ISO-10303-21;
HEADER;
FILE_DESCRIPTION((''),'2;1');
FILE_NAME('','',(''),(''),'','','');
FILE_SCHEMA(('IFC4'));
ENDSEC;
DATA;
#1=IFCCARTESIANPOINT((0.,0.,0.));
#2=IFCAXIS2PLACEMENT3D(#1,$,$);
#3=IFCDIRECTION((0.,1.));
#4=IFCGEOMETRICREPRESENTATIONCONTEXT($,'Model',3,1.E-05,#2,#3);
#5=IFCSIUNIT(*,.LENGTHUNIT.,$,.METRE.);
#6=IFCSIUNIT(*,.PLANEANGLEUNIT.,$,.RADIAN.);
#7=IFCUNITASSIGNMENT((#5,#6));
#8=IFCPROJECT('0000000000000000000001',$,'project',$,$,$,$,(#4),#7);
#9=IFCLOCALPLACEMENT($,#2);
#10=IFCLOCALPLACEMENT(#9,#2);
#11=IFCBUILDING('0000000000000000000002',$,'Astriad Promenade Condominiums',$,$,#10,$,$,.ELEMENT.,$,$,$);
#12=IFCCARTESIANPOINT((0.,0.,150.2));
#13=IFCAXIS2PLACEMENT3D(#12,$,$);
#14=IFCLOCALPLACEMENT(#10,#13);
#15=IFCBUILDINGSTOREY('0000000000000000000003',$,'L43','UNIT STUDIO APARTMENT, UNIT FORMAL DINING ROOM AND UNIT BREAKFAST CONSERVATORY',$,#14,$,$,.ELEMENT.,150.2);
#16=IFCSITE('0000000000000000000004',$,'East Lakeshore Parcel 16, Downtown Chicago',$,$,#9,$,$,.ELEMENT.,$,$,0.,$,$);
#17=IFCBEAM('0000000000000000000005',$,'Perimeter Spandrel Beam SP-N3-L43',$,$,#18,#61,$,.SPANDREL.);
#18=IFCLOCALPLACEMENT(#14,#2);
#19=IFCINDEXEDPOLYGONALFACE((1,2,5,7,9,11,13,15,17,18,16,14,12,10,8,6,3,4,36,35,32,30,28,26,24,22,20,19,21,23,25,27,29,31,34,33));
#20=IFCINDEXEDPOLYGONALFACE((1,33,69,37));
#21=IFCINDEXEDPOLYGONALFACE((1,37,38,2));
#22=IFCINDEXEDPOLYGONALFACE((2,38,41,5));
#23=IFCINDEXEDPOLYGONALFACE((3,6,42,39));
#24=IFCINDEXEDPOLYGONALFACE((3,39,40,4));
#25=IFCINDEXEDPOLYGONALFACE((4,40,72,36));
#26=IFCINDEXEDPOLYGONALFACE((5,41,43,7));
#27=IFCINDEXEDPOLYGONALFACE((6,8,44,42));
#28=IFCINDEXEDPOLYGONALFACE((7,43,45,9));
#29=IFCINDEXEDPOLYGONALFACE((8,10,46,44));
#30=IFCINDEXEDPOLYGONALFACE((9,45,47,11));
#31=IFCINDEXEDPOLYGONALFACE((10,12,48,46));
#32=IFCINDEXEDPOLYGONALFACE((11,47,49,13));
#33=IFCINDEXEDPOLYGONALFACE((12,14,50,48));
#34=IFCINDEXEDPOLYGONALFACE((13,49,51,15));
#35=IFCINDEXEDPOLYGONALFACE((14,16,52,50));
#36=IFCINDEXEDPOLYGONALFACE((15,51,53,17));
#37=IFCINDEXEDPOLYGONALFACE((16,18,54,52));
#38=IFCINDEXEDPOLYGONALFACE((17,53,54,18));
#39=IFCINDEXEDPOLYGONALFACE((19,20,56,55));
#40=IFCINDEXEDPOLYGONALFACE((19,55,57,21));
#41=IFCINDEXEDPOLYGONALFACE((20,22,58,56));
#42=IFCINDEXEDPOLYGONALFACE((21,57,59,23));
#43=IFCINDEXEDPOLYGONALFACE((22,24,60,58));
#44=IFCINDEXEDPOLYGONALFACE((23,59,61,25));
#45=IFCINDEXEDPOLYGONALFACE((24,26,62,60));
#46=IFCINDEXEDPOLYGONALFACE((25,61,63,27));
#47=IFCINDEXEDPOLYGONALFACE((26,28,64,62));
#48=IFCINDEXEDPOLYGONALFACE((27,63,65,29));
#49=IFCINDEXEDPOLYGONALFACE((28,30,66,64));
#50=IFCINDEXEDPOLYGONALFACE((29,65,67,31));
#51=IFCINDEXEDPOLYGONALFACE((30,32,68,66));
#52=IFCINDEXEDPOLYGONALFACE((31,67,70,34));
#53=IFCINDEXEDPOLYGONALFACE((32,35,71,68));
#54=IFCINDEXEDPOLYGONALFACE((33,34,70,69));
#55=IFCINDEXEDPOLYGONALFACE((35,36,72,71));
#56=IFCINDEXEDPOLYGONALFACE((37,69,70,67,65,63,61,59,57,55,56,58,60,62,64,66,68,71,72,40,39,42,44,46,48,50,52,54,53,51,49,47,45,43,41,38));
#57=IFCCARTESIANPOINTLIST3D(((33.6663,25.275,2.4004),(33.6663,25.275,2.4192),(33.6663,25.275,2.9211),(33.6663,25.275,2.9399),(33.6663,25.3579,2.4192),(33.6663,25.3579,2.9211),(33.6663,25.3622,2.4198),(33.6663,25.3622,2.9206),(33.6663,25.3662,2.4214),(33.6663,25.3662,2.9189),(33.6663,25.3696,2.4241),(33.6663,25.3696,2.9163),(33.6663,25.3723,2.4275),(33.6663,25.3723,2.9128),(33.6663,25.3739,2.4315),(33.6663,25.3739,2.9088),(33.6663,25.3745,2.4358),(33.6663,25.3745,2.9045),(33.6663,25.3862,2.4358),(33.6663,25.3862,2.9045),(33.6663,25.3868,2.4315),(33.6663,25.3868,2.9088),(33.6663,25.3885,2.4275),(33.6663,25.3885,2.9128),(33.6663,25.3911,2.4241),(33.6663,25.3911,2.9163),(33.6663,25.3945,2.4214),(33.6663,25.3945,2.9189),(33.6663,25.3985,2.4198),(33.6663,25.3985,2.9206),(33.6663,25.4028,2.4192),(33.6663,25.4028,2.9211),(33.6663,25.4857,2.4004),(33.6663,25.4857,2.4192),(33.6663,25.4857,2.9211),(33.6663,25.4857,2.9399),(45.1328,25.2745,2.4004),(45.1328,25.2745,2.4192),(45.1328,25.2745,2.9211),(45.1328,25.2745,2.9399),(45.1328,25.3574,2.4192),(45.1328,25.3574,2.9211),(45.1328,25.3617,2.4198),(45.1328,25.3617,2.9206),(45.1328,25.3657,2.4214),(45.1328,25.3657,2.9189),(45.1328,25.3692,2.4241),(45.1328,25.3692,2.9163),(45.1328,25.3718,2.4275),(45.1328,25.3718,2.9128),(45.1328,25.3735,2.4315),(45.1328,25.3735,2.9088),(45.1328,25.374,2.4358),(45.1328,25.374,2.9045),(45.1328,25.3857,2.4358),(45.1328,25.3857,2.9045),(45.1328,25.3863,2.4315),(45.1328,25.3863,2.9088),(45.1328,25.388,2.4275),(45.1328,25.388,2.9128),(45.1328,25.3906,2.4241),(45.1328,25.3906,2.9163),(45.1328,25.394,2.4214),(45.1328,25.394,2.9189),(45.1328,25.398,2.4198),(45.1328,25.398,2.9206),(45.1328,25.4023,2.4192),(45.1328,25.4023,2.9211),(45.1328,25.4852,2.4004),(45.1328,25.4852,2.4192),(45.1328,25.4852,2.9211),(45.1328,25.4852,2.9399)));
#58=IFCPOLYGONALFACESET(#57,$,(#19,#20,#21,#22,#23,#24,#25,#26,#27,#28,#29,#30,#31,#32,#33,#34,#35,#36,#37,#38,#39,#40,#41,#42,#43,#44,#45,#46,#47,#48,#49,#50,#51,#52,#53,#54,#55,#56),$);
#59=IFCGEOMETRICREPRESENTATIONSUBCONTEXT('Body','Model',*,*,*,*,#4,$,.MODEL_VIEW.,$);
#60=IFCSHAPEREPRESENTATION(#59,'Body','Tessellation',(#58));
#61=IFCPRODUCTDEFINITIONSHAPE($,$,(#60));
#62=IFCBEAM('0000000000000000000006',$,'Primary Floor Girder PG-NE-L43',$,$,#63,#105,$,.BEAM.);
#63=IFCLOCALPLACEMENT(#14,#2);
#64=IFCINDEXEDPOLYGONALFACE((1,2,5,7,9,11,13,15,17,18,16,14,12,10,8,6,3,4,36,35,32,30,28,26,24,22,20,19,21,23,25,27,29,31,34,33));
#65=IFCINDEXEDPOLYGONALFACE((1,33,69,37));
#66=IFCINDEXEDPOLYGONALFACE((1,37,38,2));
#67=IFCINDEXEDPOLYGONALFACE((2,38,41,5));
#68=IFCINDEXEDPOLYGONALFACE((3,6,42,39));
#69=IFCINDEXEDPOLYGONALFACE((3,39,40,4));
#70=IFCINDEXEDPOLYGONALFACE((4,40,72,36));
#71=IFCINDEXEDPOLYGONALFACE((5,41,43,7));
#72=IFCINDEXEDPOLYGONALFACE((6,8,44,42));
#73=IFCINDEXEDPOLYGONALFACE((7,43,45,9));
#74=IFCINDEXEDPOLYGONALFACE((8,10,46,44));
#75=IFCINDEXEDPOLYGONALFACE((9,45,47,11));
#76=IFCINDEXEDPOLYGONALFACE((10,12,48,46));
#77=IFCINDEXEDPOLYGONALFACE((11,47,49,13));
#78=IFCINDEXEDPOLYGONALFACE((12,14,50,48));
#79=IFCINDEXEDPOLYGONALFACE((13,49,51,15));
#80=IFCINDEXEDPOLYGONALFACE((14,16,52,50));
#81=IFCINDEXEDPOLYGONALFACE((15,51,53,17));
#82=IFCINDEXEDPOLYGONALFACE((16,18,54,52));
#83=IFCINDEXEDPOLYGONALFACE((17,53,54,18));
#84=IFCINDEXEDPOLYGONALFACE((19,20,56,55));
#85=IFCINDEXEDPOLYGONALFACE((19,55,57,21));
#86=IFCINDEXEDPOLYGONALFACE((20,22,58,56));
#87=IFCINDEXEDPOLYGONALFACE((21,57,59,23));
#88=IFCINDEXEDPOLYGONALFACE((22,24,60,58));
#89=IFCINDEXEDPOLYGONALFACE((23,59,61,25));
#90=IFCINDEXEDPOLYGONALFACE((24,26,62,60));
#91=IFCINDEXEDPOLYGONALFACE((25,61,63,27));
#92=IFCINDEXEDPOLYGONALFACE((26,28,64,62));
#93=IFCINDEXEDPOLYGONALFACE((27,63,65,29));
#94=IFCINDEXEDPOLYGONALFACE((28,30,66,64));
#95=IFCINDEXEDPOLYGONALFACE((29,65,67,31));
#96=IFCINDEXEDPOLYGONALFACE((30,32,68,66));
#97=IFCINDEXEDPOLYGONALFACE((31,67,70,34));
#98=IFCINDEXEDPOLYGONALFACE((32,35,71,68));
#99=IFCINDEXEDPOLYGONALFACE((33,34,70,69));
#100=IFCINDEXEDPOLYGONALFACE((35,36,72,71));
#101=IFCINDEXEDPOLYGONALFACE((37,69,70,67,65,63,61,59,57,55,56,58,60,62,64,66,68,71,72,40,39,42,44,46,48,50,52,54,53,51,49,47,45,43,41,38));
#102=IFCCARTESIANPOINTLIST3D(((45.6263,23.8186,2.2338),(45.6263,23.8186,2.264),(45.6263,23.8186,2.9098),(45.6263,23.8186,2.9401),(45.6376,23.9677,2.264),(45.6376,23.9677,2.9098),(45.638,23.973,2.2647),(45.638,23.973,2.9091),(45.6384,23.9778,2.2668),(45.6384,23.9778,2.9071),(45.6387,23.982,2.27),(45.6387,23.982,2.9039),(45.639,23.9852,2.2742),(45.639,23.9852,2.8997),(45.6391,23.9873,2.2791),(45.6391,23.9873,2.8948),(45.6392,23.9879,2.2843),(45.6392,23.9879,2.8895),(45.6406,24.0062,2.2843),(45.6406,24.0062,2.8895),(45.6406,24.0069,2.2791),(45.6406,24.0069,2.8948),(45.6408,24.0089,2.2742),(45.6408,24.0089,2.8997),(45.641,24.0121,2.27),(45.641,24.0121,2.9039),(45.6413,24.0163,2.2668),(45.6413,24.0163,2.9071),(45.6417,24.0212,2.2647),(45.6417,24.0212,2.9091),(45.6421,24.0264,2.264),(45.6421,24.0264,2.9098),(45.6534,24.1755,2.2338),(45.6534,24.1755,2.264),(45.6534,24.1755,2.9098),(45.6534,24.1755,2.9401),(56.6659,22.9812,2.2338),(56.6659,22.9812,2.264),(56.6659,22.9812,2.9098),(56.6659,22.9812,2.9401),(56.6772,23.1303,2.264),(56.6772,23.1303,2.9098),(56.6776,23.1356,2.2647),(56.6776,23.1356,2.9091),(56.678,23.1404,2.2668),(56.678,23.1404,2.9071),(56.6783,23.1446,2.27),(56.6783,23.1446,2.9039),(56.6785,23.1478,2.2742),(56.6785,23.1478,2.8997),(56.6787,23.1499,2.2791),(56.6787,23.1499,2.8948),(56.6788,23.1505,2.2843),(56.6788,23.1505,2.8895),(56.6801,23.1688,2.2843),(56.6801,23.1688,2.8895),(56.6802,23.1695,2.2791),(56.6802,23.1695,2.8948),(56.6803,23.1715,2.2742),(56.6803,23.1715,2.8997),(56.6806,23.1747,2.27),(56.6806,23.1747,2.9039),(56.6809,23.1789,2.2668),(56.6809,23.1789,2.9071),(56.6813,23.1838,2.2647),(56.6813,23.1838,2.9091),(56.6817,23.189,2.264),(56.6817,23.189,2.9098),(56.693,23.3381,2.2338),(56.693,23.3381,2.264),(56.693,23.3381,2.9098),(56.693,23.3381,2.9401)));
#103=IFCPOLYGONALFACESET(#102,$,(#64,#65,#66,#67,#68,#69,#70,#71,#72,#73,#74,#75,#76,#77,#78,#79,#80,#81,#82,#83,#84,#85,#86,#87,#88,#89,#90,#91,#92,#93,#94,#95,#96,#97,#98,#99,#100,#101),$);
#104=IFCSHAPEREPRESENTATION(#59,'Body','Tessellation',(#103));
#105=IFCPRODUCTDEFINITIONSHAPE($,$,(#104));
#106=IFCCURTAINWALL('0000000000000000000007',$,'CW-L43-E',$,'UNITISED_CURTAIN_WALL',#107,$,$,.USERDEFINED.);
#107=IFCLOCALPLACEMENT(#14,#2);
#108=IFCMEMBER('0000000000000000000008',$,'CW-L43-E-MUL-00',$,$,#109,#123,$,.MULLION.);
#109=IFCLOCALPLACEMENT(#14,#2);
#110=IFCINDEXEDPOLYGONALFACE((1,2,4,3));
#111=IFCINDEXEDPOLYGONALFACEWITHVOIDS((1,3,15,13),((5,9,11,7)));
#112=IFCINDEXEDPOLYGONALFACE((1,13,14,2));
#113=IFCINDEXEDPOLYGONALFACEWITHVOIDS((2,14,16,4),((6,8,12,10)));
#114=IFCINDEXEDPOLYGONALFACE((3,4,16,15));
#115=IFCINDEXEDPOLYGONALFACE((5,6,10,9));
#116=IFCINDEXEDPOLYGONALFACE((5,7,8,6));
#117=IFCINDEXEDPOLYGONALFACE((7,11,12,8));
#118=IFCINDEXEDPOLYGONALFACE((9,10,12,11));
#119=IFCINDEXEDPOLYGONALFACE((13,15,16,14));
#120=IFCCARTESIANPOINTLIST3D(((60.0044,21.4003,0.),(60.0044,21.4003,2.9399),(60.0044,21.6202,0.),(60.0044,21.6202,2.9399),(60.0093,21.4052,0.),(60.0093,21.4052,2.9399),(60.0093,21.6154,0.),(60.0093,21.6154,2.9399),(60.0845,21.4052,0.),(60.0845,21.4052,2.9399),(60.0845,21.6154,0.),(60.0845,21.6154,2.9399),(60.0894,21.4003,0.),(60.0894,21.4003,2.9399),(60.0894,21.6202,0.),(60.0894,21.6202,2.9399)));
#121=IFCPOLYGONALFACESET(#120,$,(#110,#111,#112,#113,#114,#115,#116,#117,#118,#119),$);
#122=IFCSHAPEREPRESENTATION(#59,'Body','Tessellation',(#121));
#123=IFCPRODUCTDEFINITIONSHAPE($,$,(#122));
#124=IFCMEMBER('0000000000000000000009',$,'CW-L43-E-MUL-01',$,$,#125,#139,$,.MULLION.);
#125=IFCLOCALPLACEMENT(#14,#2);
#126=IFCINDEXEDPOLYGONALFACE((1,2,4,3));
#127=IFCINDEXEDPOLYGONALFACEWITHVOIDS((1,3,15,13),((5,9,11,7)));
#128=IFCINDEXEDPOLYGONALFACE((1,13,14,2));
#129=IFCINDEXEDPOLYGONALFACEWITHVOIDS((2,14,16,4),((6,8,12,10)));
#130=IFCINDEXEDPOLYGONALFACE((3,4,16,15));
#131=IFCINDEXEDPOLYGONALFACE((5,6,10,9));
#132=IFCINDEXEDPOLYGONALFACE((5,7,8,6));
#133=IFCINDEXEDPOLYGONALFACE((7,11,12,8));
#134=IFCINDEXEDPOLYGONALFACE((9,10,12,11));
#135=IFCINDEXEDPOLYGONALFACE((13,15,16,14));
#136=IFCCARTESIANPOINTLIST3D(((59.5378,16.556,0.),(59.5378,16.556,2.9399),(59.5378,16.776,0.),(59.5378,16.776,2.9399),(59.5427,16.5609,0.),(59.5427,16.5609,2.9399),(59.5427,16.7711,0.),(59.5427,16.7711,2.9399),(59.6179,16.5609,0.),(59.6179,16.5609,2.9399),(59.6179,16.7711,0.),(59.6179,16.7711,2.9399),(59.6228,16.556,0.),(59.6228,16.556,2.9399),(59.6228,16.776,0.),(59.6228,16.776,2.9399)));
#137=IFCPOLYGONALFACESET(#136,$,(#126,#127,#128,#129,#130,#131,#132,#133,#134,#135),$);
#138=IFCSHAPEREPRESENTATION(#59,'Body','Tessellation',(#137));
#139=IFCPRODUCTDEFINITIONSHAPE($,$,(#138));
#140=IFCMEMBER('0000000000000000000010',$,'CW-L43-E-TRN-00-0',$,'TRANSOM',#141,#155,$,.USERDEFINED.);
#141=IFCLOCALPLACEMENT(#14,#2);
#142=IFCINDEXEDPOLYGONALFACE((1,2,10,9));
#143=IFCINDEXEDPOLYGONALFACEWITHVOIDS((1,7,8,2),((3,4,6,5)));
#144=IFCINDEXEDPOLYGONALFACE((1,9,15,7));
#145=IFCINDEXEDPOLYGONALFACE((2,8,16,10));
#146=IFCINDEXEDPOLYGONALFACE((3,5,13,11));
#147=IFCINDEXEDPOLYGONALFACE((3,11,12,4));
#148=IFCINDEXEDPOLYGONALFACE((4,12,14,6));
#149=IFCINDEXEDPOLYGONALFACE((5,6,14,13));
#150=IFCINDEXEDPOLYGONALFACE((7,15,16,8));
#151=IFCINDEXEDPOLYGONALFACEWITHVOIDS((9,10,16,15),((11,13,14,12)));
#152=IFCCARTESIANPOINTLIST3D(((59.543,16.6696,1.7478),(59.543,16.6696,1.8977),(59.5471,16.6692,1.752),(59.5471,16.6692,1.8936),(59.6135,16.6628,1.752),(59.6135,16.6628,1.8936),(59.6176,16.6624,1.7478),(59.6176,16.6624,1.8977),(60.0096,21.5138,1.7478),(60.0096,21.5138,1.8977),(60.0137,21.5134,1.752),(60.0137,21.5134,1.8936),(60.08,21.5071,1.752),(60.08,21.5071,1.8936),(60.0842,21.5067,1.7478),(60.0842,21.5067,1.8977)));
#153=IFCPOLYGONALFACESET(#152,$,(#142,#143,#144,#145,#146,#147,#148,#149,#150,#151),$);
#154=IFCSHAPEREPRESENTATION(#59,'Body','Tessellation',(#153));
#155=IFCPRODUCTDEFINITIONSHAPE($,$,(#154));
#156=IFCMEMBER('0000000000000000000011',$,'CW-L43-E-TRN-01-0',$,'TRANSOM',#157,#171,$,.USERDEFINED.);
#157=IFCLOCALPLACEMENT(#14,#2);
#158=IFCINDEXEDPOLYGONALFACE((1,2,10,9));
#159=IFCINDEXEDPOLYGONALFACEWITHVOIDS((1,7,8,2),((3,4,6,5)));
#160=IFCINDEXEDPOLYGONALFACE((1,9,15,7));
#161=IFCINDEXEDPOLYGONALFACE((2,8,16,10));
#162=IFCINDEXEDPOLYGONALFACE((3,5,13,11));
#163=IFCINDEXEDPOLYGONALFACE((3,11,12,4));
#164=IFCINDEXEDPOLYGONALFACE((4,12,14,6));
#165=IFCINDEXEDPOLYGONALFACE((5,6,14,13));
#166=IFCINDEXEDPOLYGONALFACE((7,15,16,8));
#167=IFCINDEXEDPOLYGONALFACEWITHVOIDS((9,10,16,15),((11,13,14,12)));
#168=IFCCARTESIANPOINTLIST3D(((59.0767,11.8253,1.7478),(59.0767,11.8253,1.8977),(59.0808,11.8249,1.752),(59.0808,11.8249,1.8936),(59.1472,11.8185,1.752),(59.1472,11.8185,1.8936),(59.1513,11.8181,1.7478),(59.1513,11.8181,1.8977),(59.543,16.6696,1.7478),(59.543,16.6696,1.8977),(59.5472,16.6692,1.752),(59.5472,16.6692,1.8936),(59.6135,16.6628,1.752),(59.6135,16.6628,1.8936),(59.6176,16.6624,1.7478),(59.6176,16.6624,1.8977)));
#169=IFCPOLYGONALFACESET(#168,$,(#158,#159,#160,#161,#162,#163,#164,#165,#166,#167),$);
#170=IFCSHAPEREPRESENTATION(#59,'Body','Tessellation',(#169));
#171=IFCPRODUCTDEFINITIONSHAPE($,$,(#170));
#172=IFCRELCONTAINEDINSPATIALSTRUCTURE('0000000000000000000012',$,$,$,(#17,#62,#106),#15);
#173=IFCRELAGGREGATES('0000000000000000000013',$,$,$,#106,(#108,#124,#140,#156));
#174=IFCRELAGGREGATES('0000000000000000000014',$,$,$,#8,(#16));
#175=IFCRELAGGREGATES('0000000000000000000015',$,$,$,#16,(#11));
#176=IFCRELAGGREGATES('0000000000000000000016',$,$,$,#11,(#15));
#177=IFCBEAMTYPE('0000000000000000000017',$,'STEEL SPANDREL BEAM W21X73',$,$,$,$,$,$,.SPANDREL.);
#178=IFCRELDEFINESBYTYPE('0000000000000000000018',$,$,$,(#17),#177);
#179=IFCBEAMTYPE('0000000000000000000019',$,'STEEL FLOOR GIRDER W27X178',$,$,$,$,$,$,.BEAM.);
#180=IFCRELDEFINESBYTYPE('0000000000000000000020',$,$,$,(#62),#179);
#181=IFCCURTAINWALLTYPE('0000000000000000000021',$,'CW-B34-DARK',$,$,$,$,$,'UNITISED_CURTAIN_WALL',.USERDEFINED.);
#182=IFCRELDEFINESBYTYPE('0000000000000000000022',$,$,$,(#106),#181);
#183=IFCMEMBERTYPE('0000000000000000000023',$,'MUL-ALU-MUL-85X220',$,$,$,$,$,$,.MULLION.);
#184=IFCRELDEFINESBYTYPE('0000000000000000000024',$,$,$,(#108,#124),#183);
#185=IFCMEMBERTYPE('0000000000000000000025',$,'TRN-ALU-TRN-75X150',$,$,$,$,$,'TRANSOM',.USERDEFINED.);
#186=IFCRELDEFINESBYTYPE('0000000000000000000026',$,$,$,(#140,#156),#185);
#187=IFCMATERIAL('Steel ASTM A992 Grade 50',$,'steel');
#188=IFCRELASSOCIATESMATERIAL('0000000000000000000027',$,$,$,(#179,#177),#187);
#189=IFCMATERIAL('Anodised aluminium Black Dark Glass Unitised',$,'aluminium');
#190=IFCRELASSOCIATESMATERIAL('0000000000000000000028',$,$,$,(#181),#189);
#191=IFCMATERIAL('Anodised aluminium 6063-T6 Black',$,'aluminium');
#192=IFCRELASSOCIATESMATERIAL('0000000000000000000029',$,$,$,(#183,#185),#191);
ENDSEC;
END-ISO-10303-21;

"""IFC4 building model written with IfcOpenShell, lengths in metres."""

from ifc_helpers import new_model, si_unit, direction, frame, origin, origin_2d, place, context, subcontext, project, spatial, hollow_rectangle, i_section, extrude, source, transform, mapped, material, material_profile, profile_set, type_object, type_shapes, element, aggregate, save


model = new_model("IFC4")

# Units and contexts
model_context = context("Model", 3, precision=1e-05, world=origin(), true_north=direction((0.0, 1.0)))
body_context = subcontext(model_context, "Body", "Model", "MODEL_VIEW")
ifc_project = project(units=[si_unit("LENGTHUNIT", "METRE"), si_unit("PLANEANGLEUNIT", "RADIAN")], contexts=[model_context])

# Site, building, storey
site_placement = place(None, origin())
site = spatial("IfcSite", under=ifc_project, at=site_placement, Name="East Lakeshore Parcel 16, Downtown Chicago", CompositionType="ELEMENT", RefElevation=0.0)
building_placement = place(site_placement, origin())
building = spatial("IfcBuilding", under=site, at=building_placement, Name="Astriad Promenade Condominiums", CompositionType="ELEMENT")
storey_placement = place(building_placement, frame((0.0, 0.0, 150.2)))
storey = spatial("IfcBuildingStorey", under=building, at=storey_placement, Name="L43", Description="UNIT STUDIO APARTMENT, UNIT FORMAL DINING ROOM AND UNIT BREAKFAST CONSERVATORY", CompositionType="ELEMENT", Elevation=150.2)

# Shared definitions
ifc_material_1 = material(Name="Steel ASTM A992 Grade 50", Category="steel")

# Beams
ifc_material_profile_1 = material_profile(ifc_material_1, i_section(OverallWidth=0.3579, OverallDepth=0.7063, WebThickness=0.0183, FlangeThickness=0.0303, FilletRadius=0.0203, at=origin_2d()), Name="W27X178")
ifc_profile_set_1 = profile_set([ifc_material_profile_1], Name="Steel ASTM A992 Grade 50")
beam_type_1 = type_object("IfcBeamType", Name="STEEL FLOOR GIRDER W27X178", PredefinedType="BEAM", material=ifc_profile_set_1)
ifc_material_profile_2 = material_profile(ifc_material_1, i_section(OverallWidth=0.2107, OverallDepth=0.5396, WebThickness=0.0117, FlangeThickness=0.0188, FilletRadius=0.0166, at=origin_2d()), Name="W21X73")
ifc_profile_set_2 = profile_set([ifc_material_profile_2], Name="Steel ASTM A992 Grade 50")
beam_type_2 = type_object("IfcBeamType", Name="STEEL SPANDREL BEAM W21X73", PredefinedType="SPANDREL", material=ifc_profile_set_2)
shared_shape_1 = source(origin(), body_context, "Body", "SweptSolid", [
    extrude(i_section(OverallWidth=0.2107, OverallDepth=0.5396, WebThickness=0.0117, FlangeThickness=0.0188, FilletRadius=0.0166, at=origin_2d()), origin(), (0.0, 0.0, 1.0), 11.4666),
])
type_shapes(beam_type_2, [shared_shape_1])
beam_1_placement = place(storey_placement, frame((45.1328, 25.3799, 2.6702), z_axis=(-1.0, 0.000043, 0.0), x_axis=(-0.000043, -1.0, 0.0)))
element("IfcBeam", 1, at=beam_1_placement, inside=storey, type_object=beam_type_2, Name="Perimeter Spandrel Beam SP-N3-L43", PredefinedType="SPANDREL", context=body_context, shape_type="MappedRepresentation", body=[
    mapped(shared_shape_1, transform((0.0, 0.0, 0.0), scale=1.0)),
])
shared_shape_2 = source(origin(), body_context, "Body", "SweptSolid", [
    extrude(i_section(OverallWidth=0.3579, OverallDepth=0.7063, WebThickness=0.0183, FlangeThickness=0.0303, FilletRadius=0.0203, at=origin_2d()), origin(), (0.0, 0.0, 1.0), 11.0713),
])
beam_2_placement = place(storey_placement, frame((56.6794, 23.1597, 2.5869), z_axis=(-0.997135, 0.075637, 0.0), x_axis=(-0.075637, -0.997135, 0.0)))
element("IfcBeam", 2, at=beam_2_placement, inside=storey, type_object=beam_type_1, Name="Primary Floor Girder PG-NE-L43", PredefinedType="BEAM", context=body_context, shape_type="MappedRepresentation", body=[
    mapped(shared_shape_2, transform((0.0, 0.0, 0.0), scale=1.0)),
])

# Curtain wall, members
ifc_material_2 = material(Name="Anodised aluminium Black Dark Glass Unitised", Category="aluminium")
curtain_wall_type = type_object("IfcCurtainWallType", Name="CW-B34-DARK", ElementType="UNITISED_CURTAIN_WALL", PredefinedType="USERDEFINED", material=ifc_material_2)
curtain_wall_placement = place(storey_placement, origin())
curtain_wall = element("IfcCurtainWall", 3, at=curtain_wall_placement, inside=storey, type_object=curtain_wall_type, Name="CW-L43-E", ObjectType="UNITISED_CURTAIN_WALL", PredefinedType="USERDEFINED")
ifc_material_3 = material(Name="Anodised aluminium 6063-T6 Black", Category="aluminium")
ifc_material_profile_3 = material_profile(ifc_material_3, hollow_rectangle(XDim=0.085, YDim=0.22, WallThickness=0.0049, at=origin_2d()), Name="ALU-MUL-85X220")
ifc_profile_set_3 = profile_set([ifc_material_profile_3], Name="Anodised aluminium 6063-T6 Black")
member_type_1 = type_object("IfcMemberType", Name="MUL-ALU-MUL-85X220", PredefinedType="MULLION", material=ifc_profile_set_3)
shared_shape_3 = source(origin(), body_context, "Body", "SweptSolid", [
    extrude(hollow_rectangle(XDim=0.085, YDim=0.22, WallThickness=0.0049, at=origin_2d()), origin(), (0.0, 0.0, 1.0), 2.9399),
])
type_shapes(member_type_1, [shared_shape_3])
member_1_placement = place(storey_placement, frame((60.0469, 21.5103, 0.0), z_axis=(0.0, 0.0, 1.0), x_axis=(1.0, 0.0, 0.0)))
member_1 = element("IfcMember", 4, at=member_1_placement, type_object=member_type_1, Name="CW-L43-E-MUL-00", PredefinedType="MULLION", context=body_context, shape_type="MappedRepresentation", body=[
    mapped(shared_shape_3, transform((0.0, 0.0, 0.0), scale=1.0)),
])
member_2_placement = place(storey_placement, frame((59.5803, 16.666, 0.0), z_axis=(0.0, 0.0, 1.0), x_axis=(1.0, 0.0, 0.0)))
member_2 = element("IfcMember", 5, at=member_2_placement, type_object=member_type_1, Name="CW-L43-E-MUL-01", PredefinedType="MULLION", context=body_context, shape_type="MappedRepresentation", body=[
    mapped(shared_shape_3, transform((0.0, 0.0, 0.0), scale=1.0)),
])
ifc_material_profile_4 = material_profile(ifc_material_3, hollow_rectangle(XDim=0.075, YDim=0.1499, WallThickness=0.0042, at=origin_2d()), Name="ALU-TRN-75X150")
ifc_profile_set_4 = profile_set([ifc_material_profile_4], Name="Anodised aluminium 6063-T6 Black")
member_type_2 = type_object("IfcMemberType", Name="TRN-ALU-TRN-75X150", ElementType="TRANSOM", PredefinedType="USERDEFINED", material=ifc_profile_set_4)
shared_shape_4 = source(origin(), body_context, "Body", "SweptSolid", [
    extrude(hollow_rectangle(XDim=0.075, YDim=0.1499, WallThickness=0.0042, at=origin_2d()), origin(), (0.0, 0.0, 1.0), 4.8667),
])
type_shapes(member_type_2, [shared_shape_4])
member_3_placement = place(storey_placement, frame((60.0469, 21.5103, 1.8228), z_axis=(-0.095867, -0.995394, 0.0), x_axis=(0.995394, -0.095867, 0.0)))
member_3 = element("IfcMember", 6, at=member_3_placement, type_object=member_type_2, Name="CW-L43-E-TRN-00-0", ObjectType="TRANSOM", PredefinedType="USERDEFINED", context=body_context, shape_type="MappedRepresentation", body=[
    mapped(shared_shape_4, transform((0.0, 0.0, 0.0), scale=1.0)),
])
member_4_placement = place(storey_placement, frame((59.5803, 16.666, 1.8228), z_axis=(-0.095818, -0.995399, 0.0), x_axis=(0.995399, -0.095818, 0.0)))
member_4 = element("IfcMember", 7, at=member_4_placement, type_object=member_type_2, Name="CW-L43-E-TRN-01-0", ObjectType="TRANSOM", PredefinedType="USERDEFINED", context=body_context, shape_type="MappedRepresentation", body=[
    mapped(shared_shape_4, transform((0.0, 0.0, 0.0), scale=1.0)),
])
aggregate(curtain_wall, [member_1, member_2, member_3, member_4])

save(model, "model.ifc")
